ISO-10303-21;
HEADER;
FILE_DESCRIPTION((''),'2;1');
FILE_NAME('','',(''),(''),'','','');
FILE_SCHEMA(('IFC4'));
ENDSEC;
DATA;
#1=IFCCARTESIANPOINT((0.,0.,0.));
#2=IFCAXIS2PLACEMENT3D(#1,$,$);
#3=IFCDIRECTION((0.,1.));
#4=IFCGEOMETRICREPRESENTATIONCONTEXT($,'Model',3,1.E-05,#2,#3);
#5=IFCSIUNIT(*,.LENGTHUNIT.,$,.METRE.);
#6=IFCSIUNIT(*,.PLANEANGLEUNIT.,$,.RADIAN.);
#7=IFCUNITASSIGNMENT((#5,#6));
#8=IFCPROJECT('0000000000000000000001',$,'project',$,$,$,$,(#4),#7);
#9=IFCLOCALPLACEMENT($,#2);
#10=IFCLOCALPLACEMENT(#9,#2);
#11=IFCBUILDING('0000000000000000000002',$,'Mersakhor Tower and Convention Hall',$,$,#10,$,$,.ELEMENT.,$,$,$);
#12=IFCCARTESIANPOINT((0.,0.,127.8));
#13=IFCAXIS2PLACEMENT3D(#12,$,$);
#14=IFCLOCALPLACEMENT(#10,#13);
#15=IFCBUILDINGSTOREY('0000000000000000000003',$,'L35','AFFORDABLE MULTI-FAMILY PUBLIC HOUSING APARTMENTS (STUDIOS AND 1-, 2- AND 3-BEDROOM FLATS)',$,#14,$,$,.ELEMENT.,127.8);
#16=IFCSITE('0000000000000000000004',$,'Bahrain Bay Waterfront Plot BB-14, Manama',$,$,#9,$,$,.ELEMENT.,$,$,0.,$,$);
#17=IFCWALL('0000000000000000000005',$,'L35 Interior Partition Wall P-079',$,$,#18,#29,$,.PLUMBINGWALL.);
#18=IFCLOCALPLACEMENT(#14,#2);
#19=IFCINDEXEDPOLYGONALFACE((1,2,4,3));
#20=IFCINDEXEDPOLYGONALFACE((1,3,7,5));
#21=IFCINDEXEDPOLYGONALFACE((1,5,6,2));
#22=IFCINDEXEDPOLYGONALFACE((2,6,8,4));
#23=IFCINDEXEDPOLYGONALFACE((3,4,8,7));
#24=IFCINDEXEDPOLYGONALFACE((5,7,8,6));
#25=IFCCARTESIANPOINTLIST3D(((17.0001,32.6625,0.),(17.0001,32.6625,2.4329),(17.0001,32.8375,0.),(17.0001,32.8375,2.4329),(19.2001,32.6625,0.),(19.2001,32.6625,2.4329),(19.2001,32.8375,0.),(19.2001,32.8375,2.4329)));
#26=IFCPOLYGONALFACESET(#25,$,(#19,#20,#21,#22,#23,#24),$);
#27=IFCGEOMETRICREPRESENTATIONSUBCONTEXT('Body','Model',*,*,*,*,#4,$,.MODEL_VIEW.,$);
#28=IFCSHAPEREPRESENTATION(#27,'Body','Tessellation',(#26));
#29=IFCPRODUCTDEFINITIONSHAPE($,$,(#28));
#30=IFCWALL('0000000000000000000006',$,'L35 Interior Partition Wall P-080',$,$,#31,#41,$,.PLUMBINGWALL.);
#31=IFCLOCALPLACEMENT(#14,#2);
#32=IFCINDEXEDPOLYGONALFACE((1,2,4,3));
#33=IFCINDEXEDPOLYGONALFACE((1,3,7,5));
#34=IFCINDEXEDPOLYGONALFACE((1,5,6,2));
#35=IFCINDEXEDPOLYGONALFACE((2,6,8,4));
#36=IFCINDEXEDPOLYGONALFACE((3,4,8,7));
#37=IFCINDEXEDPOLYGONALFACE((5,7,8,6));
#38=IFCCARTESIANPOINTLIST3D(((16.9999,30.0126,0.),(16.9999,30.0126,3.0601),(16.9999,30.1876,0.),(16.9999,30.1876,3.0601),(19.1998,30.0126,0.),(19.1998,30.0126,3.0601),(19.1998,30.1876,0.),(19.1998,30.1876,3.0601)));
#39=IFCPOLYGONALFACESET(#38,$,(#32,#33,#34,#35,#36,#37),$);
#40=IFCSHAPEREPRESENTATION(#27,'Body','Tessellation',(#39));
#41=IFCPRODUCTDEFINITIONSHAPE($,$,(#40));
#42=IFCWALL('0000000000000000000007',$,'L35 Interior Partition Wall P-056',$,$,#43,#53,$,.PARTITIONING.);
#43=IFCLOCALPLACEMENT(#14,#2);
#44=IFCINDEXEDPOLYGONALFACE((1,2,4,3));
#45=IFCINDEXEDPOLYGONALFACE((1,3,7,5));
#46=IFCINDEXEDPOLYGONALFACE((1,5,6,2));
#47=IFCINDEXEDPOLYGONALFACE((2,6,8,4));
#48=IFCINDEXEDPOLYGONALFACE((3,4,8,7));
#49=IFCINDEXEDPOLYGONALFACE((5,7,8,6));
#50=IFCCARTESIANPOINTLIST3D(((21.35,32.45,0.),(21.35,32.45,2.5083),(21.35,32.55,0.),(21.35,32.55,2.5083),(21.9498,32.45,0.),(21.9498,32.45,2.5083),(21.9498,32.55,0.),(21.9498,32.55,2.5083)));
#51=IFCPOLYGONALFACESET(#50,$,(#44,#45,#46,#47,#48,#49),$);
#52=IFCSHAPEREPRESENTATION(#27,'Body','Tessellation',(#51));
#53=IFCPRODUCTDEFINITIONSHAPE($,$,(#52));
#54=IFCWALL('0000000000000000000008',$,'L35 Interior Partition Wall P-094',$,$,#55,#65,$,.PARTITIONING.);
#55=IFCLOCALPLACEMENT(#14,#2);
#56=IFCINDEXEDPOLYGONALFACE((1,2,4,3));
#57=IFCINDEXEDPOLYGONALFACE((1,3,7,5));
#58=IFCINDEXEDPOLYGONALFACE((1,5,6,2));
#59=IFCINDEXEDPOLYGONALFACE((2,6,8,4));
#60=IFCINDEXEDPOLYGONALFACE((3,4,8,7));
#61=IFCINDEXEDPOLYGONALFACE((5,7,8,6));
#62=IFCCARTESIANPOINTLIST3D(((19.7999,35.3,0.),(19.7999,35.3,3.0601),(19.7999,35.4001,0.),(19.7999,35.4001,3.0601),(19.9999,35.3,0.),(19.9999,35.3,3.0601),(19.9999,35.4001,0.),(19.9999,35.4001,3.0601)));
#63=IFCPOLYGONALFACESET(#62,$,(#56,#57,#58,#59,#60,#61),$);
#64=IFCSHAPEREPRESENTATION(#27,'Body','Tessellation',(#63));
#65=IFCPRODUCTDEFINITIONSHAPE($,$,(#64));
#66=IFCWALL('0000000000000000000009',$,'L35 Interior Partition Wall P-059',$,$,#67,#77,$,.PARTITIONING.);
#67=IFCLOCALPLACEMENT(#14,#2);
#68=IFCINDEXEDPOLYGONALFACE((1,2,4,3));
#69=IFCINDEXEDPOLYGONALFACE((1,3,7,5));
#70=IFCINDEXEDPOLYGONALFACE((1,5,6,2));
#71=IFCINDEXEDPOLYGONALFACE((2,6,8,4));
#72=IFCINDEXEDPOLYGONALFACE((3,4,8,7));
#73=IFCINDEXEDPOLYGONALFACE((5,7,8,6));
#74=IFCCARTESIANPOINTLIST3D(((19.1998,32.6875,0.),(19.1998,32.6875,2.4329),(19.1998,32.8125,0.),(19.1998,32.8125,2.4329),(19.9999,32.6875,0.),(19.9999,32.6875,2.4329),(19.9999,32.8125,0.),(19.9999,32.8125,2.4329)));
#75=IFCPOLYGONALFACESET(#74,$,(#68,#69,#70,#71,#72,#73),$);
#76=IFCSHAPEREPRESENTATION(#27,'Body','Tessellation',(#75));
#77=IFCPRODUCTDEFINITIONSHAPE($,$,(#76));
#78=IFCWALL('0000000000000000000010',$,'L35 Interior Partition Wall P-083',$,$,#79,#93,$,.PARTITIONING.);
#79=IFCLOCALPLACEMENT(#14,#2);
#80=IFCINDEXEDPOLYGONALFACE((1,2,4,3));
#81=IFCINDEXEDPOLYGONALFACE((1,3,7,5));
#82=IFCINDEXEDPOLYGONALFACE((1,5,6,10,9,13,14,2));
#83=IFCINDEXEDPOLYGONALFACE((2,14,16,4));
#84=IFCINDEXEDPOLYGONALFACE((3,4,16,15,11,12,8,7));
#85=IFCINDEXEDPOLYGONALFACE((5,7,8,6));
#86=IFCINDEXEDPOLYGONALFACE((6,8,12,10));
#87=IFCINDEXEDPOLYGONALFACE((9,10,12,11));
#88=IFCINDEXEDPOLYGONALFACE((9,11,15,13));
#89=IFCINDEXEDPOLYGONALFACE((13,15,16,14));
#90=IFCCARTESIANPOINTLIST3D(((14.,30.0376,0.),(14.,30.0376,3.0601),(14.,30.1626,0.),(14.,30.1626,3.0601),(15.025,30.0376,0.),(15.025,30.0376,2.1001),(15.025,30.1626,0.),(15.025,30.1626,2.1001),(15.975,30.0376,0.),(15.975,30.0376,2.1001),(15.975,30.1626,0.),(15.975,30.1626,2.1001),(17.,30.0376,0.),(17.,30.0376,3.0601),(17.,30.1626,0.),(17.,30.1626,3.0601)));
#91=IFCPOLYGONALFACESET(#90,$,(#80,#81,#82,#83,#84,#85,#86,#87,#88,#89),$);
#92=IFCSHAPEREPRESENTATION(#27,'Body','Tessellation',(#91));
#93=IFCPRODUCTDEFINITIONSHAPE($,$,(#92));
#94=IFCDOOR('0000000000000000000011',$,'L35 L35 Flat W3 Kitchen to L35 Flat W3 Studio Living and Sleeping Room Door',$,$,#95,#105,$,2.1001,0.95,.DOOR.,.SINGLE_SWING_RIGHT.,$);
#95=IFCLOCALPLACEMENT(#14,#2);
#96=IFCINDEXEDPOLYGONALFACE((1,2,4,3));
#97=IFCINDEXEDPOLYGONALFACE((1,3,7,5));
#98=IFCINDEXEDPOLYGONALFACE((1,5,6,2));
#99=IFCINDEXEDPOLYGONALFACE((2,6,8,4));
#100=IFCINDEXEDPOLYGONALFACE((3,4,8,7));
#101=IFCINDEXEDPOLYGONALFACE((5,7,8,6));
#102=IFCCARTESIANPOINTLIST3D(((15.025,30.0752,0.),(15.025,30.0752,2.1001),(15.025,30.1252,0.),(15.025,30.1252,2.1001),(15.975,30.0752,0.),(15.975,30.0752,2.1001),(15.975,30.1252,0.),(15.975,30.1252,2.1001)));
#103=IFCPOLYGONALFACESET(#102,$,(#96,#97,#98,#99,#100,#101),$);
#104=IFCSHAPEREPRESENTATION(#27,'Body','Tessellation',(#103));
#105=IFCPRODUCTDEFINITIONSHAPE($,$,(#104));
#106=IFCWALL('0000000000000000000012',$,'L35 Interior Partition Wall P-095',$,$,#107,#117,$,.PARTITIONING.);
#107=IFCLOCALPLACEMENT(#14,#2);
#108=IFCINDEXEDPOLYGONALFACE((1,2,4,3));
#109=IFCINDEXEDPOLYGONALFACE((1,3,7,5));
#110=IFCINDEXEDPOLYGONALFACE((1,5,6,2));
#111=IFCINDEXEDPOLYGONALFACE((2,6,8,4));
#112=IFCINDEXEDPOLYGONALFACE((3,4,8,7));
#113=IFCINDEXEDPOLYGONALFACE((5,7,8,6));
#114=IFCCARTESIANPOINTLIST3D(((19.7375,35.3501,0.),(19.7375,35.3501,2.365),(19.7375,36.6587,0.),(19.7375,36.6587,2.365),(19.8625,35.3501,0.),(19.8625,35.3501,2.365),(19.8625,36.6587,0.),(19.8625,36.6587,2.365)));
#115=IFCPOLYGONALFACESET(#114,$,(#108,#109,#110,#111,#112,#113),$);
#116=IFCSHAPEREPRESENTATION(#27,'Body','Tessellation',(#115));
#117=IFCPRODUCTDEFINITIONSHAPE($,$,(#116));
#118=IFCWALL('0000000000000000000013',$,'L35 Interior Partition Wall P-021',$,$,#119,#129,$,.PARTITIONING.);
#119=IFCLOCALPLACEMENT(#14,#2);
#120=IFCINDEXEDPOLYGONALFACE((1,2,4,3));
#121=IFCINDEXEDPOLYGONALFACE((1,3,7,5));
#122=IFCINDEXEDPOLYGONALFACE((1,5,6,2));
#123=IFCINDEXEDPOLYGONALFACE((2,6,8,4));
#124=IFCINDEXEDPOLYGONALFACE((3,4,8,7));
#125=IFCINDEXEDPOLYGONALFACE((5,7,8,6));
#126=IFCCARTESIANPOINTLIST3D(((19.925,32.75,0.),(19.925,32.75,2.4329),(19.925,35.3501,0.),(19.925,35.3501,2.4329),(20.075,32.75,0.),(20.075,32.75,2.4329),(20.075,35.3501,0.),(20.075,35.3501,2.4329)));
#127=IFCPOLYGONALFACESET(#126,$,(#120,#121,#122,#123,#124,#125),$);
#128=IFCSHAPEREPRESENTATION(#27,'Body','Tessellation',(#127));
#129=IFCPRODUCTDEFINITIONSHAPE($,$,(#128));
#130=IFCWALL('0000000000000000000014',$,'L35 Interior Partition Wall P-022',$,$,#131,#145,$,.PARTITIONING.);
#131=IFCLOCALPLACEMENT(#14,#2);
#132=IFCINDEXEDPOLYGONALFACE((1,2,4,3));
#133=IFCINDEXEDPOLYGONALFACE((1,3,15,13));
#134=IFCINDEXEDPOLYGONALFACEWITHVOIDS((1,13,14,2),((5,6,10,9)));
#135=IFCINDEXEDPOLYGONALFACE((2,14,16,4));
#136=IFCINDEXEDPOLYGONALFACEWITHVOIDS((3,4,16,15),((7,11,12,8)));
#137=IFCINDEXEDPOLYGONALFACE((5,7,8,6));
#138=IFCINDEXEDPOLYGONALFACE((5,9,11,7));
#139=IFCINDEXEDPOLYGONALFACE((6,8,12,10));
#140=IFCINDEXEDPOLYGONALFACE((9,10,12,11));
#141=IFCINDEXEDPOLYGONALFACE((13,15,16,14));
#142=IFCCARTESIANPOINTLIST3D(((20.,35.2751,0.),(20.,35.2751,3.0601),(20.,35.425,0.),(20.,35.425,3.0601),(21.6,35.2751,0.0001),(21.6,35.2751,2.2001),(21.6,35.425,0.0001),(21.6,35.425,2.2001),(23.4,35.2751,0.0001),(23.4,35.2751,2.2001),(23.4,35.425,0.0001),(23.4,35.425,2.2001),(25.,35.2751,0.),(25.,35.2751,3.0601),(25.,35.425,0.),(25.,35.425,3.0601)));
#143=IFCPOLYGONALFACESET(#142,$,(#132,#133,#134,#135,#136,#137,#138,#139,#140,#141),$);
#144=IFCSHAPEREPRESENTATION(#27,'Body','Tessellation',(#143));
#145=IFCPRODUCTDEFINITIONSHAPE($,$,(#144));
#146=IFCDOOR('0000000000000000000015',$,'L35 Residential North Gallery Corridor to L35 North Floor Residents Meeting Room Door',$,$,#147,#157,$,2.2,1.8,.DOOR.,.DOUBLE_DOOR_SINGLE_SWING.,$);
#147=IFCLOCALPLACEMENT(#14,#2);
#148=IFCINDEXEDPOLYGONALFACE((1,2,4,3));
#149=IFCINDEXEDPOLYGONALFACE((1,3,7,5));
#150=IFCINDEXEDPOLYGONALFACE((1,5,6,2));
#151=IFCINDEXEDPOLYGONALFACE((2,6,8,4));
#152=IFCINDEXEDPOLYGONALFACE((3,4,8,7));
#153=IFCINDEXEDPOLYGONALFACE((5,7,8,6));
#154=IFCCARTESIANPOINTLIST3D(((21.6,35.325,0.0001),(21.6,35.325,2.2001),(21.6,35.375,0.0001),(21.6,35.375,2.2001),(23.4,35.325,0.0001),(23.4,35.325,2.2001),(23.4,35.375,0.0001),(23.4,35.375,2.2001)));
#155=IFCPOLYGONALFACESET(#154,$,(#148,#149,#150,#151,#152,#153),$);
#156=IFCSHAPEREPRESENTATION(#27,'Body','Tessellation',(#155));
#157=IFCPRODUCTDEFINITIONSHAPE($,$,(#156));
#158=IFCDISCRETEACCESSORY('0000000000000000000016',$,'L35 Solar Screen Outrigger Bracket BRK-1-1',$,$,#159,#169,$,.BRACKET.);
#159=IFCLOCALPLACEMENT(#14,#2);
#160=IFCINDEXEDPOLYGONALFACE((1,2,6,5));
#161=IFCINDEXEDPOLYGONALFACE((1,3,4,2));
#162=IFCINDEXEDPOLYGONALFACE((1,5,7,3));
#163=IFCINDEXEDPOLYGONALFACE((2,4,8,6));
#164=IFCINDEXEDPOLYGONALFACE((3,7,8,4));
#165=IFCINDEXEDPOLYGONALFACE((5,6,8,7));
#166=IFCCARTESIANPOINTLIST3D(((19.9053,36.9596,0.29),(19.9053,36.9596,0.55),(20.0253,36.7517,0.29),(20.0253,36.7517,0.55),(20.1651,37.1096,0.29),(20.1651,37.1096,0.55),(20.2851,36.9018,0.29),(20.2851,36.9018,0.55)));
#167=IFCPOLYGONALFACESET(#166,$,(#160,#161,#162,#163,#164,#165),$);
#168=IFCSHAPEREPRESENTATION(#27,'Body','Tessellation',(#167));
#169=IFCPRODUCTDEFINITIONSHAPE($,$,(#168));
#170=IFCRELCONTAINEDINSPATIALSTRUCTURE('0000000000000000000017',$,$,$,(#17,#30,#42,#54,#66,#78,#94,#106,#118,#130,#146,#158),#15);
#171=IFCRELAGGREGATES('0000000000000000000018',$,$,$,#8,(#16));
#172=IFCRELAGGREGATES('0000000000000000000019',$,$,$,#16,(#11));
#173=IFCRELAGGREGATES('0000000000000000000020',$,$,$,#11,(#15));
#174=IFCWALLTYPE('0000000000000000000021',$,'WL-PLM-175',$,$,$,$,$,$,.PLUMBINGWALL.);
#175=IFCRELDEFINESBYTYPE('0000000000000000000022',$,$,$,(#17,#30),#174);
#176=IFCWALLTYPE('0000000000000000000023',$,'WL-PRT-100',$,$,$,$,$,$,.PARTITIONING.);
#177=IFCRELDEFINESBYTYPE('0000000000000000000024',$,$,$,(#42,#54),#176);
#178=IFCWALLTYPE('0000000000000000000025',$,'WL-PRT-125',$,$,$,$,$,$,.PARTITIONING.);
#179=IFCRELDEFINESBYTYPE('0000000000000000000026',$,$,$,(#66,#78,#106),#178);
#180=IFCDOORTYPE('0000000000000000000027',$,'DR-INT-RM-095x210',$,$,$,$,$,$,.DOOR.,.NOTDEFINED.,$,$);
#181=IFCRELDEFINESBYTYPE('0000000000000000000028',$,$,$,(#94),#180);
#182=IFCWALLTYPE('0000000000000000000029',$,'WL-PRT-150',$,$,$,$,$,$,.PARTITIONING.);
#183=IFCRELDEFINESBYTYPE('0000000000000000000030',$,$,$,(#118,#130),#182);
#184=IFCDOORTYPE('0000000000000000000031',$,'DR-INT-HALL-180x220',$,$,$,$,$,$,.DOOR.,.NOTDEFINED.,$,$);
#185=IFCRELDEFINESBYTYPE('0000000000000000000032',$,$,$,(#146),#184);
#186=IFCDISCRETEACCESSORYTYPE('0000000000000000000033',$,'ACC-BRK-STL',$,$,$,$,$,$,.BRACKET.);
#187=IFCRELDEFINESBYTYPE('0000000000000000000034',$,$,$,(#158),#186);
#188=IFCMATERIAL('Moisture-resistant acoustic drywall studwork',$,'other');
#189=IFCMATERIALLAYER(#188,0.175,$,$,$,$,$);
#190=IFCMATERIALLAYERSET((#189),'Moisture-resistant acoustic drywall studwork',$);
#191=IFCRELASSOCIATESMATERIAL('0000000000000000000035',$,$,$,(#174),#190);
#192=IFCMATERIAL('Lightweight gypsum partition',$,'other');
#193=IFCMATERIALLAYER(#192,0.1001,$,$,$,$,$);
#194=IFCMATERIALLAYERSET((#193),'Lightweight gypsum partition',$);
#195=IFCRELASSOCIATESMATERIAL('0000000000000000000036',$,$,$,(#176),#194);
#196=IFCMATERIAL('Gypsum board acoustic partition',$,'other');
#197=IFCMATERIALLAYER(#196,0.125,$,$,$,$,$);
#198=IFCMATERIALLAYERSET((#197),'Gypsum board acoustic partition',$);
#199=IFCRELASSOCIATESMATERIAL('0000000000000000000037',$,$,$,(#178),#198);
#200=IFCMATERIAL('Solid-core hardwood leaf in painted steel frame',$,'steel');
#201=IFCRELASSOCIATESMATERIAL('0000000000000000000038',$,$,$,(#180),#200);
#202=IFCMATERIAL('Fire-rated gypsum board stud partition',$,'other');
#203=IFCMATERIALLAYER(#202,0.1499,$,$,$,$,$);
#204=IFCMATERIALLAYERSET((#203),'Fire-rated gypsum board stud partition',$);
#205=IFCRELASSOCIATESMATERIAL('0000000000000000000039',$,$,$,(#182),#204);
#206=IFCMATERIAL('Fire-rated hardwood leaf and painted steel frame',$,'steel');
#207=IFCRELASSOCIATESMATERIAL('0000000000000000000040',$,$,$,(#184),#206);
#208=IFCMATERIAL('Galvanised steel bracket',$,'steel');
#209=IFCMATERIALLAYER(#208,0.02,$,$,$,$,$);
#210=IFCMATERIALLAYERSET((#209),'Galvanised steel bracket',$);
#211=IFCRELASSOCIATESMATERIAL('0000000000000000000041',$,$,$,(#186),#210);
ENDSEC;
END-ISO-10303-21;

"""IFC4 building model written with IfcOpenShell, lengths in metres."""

from ifc_helpers import new_model, si_unit, direction, frame, frame_2d, origin, origin_2d, place, context, subcontext, project, spatial, rectangle, extrude, material, layer, layer_set, type_object, element, fill, save


model = new_model("IFC4")

# Units and contexts
model_context = context("Model", 3, precision=1e-05, world=origin(), true_north=direction((0.0, 1.0)))
body_context = subcontext(model_context, "Body", "Model", "MODEL_VIEW")
ifc_project = project(units=[si_unit("LENGTHUNIT", "METRE"), si_unit("PLANEANGLEUNIT", "RADIAN")], contexts=[model_context])

# Site, building, storey
site_placement = place(None, origin())
site = spatial("IfcSite", under=ifc_project, at=site_placement, Name="Bahrain Bay Waterfront Plot BB-14, Manama", CompositionType="ELEMENT", RefElevation=0.0)
building_placement = place(site_placement, origin())
building = spatial("IfcBuilding", under=site, at=building_placement, Name="Mersakhor Tower and Convention Hall", CompositionType="ELEMENT")
storey_placement = place(building_placement, frame((0.0, 0.0, 127.8)))
storey = spatial("IfcBuildingStorey", under=building, at=storey_placement, Name="L35", Description="AFFORDABLE MULTI-FAMILY PUBLIC HOUSING APARTMENTS (STUDIOS AND 1-, 2- AND 3-BEDROOM FLATS)", CompositionType="ELEMENT", Elevation=127.8)

# Shared definitions
ifc_material_1 = material(Name="Moisture-resistant acoustic drywall studwork", Category="other")
ifc_layer_1 = layer(ifc_material_1, 0.175)
ifc_layer_set_1 = layer_set([ifc_layer_1], Name="Moisture-resistant acoustic drywall studwork")
wall_type_1 = type_object("IfcWallType", Name="WL-PLM-175", PredefinedType="PLUMBINGWALL", material=ifc_layer_set_1)

# Walls
wall_1_placement = place(storey_placement, frame((17.0, 32.75, 0.0), z_axis=(0.0, 0.0, 1.0), x_axis=(1.0, 0.0, 0.0)))
element("IfcWall", 1, at=wall_1_placement, inside=storey, type_object=wall_type_1, Name="L35 Interior Partition Wall P-079", PredefinedType="PLUMBINGWALL", context=body_context, shape_type="SweptSolid", body=[
    extrude(rectangle(XDim=2.2, YDim=0.175, at=frame_2d((1.1001, 0.0))), origin(), (0.0, 0.0, 1.0), 2.4329),
])
wall_2_placement = place(storey_placement, frame((19.2, 30.1001, 0.0), z_axis=(0.0, 0.0, 1.0), x_axis=(-1.0, 0.0, 0.0)))
element("IfcWall", 2, at=wall_2_placement, inside=storey, type_object=wall_type_1, Name="L35 Interior Partition Wall P-080", PredefinedType="PLUMBINGWALL", context=body_context, shape_type="SweptSolid", body=[
    extrude(rectangle(XDim=2.2, YDim=0.175, at=frame_2d((1.1001, 0.0))), origin(), (0.0, 0.0, 1.0), 3.0601),
])
ifc_material_2 = material(Name="Lightweight gypsum partition", Category="other")
ifc_layer_2 = layer(ifc_material_2, 0.1001)
ifc_layer_set_2 = layer_set([ifc_layer_2], Name="Lightweight gypsum partition")
wall_type_2 = type_object("IfcWallType", Name="WL-PRT-100", PredefinedType="PARTITIONING", material=ifc_layer_set_2)
wall_3_placement = place(storey_placement, frame((21.3501, 32.5, 0.0), z_axis=(0.0, 0.0, 1.0), x_axis=(1.0, 0.0, 0.0)))
element("IfcWall", 3, at=wall_3_placement, inside=storey, type_object=wall_type_2, Name="L35 Interior Partition Wall P-056", PredefinedType="PARTITIONING", context=body_context, shape_type="SweptSolid", body=[
    extrude(rectangle(XDim=0.5999, YDim=0.1001, at=frame_2d((0.2998, 0.0))), origin(), (0.0, 0.0, 1.0), 2.5083),
])
wall_4_placement = place(storey_placement, frame((20.0, 35.3501, 0.0), z_axis=(0.0, 0.0, 1.0), x_axis=(-1.0, 0.0, 0.0)))
element("IfcWall", 4, at=wall_4_placement, inside=storey, type_object=wall_type_2, Name="L35 Interior Partition Wall P-094", PredefinedType="PARTITIONING", context=body_context, shape_type="SweptSolid", body=[
    extrude(rectangle(XDim=0.2, YDim=0.1001, at=frame_2d((0.1001, 0.0))), origin(), (0.0, 0.0, 1.0), 3.0601),
])
ifc_material_3 = material(Name="Gypsum board acoustic partition", Category="other")
ifc_layer_3 = layer(ifc_material_3, 0.125)
ifc_layer_set_3 = layer_set([ifc_layer_3], Name="Gypsum board acoustic partition")
wall_type_3 = type_object("IfcWallType", Name="WL-PRT-125", PredefinedType="PARTITIONING", material=ifc_layer_set_3)
wall_5_placement = place(storey_placement, frame((19.2, 32.75, 0.0), z_axis=(0.0, 0.0, 1.0), x_axis=(1.0, 0.0, 0.0)))
element("IfcWall", 5, at=wall_5_placement, inside=storey, type_object=wall_type_3, Name="L35 Interior Partition Wall P-059", PredefinedType="PARTITIONING", context=body_context, shape_type="SweptSolid", body=[
    extrude(rectangle(XDim=0.8, YDim=0.125, at=frame_2d((0.3999, 0.0))), origin(), (0.0, 0.0, 1.0), 2.4329),
])

# Wall, opening, door
wall_6_placement = place(storey_placement, frame((17.0, 30.1001, 0.0), z_axis=(0.0, 0.0, 1.0), x_axis=(-1.0, 0.0, 0.0)))
wall_6 = element("IfcWall", 6, at=wall_6_placement, inside=storey, type_object=wall_type_3, Name="L35 Interior Partition Wall P-083", PredefinedType="PARTITIONING", context=body_context, shape_type="SweptSolid", body=[
    extrude(rectangle(XDim=3.0, YDim=0.125, at=frame_2d((1.5, 0.0))), origin(), (0.0, 0.0, 1.0), 3.0601),
])
opening_1_placement = place(wall_6_placement, frame((1.0249, 0.0, 0.0)))
opening_1 = element("IfcOpeningElement", 7, at=opening_1_placement, cuts=wall_6, PredefinedType="OPENING", context=body_context, shape_type="SweptSolid", body=[
    extrude(rectangle(XDim=0.95, YDim=2.1001, at=frame_2d((0.4751, 1.05))), frame((0.0, 0.0725, 0.0), z_axis=(0.0, -1.0, 0.0), x_axis=(1.0, 0.0, 0.0)), (0.0, 0.0, 1.0), 0.145),
])
ifc_material_4 = material(Name="Solid-core hardwood leaf in painted steel frame", Category="steel")
door_type_1 = type_object("IfcDoorType", Name="DR-INT-RM-095x210", OperationType="NOTDEFINED", PredefinedType="DOOR", material=ifc_material_4)
door_1_placement = place(opening_1_placement, origin())
door_1 = element("IfcDoor", 8, at=door_1_placement, inside=storey, type_object=door_type_1, Name="L35 L35 Flat W3 Kitchen to L35 Flat W3 Studio Living and Sleeping Room Door", OperationType="SINGLE_SWING_RIGHT", OverallHeight=2.1001, OverallWidth=0.95, PredefinedType="DOOR", context=body_context, shape_type="SweptSolid", body=[
    extrude(rectangle(XDim=0.95, YDim=2.1001, at=frame_2d((0.4751, 1.05))), frame((0.0, 0.0249, 0.0), z_axis=(0.0, -1.0, 0.0), x_axis=(1.0, 0.0, 0.0)), (0.0, 0.0, 1.0), 0.05),
])
fill(opening_1, door_1)

# Wall
wall_7_placement = place(storey_placement, frame((19.8, 35.3501, 0.0), z_axis=(0.0, 0.0, 1.0), x_axis=(0.0, 1.0, 0.0)))
element("IfcWall", 9, at=wall_7_placement, inside=storey, type_object=wall_type_3, Name="L35 Interior Partition Wall P-095", PredefinedType="PARTITIONING", context=body_context, shape_type="SweptSolid", body=[
    extrude(rectangle(XDim=1.3086, YDim=0.125, at=frame_2d((0.6543, 0.0))), origin(), (0.0, 0.0, 1.0), 2.365),
])

# Shared definitions
ifc_material_5 = material(Name="Fire-rated gypsum board stud partition", Category="other")
ifc_layer_4 = layer(ifc_material_5, 0.1499)
ifc_layer_set_4 = layer_set([ifc_layer_4], Name="Fire-rated gypsum board stud partition")
wall_type_4 = type_object("IfcWallType", Name="WL-PRT-150", PredefinedType="PARTITIONING", material=ifc_layer_set_4)

# Wall
wall_8_placement = place(storey_placement, frame((20.0, 32.75, 0.0), z_axis=(0.0, 0.0, 1.0), x_axis=(0.0, 1.0, 0.0)))
element("IfcWall", 10, at=wall_8_placement, inside=storey, type_object=wall_type_4, Name="L35 Interior Partition Wall P-021", PredefinedType="PARTITIONING", context=body_context, shape_type="SweptSolid", body=[
    extrude(rectangle(XDim=2.6001, YDim=0.1499, at=frame_2d((1.3, 0.0))), origin(), (0.0, 0.0, 1.0), 2.4329),
])

# Wall, opening, door
wall_9_placement = place(storey_placement, frame((20.0, 35.3501, 0.0), z_axis=(0.0, 0.0, 1.0), x_axis=(1.0, 0.0, 0.0)))
wall_9 = element("IfcWall", 11, at=wall_9_placement, inside=storey, type_object=wall_type_4, Name="L35 Interior Partition Wall P-022", PredefinedType="PARTITIONING", context=body_context, shape_type="SweptSolid", body=[
    extrude(rectangle(XDim=5.0, YDim=0.1499, at=frame_2d((2.5, 0.0))), origin(), (0.0, 0.0, 1.0), 3.0601),
])
opening_2_placement = place(wall_9_placement, frame((1.6001, 0.0, 0.0)))
opening_2 = element("IfcOpeningElement", 12, at=opening_2_placement, cuts=wall_9, PredefinedType="OPENING", context=body_context, shape_type="SweptSolid", body=[
    extrude(rectangle(XDim=1.8, YDim=2.2, at=frame_2d((0.8999, 1.1001))), frame((0.0, 0.085, 0.0), z_axis=(0.0, -1.0, 0.0), x_axis=(1.0, 0.0, 0.0)), (0.0, 0.0, 1.0), 0.1699),
])
ifc_material_6 = material(Name="Fire-rated hardwood leaf and painted steel frame", Category="steel")
door_type_2 = type_object("IfcDoorType", Name="DR-INT-HALL-180x220", OperationType="NOTDEFINED", PredefinedType="DOOR", material=ifc_material_6)
door_2_placement = place(opening_2_placement, origin())
door_2 = element("IfcDoor", 13, at=door_2_placement, inside=storey, type_object=door_type_2, Name="L35 Residential North Gallery Corridor to L35 North Floor Residents Meeting Room Door", OperationType="DOUBLE_DOOR_SINGLE_SWING", OverallHeight=2.2, OverallWidth=1.8, PredefinedType="DOOR", context=body_context, shape_type="SweptSolid", body=[
    extrude(rectangle(XDim=1.8, YDim=2.2, at=frame_2d((0.8999, 1.1001))), frame((0.0, 0.0249, 0.0), z_axis=(0.0, -1.0, 0.0), x_axis=(1.0, 0.0, 0.0)), (0.0, 0.0, 1.0), 0.05),
])
fill(opening_2, door_2)

# Discrete accessory
ifc_material_7 = material(Name="Galvanised steel bracket", Category="steel")
ifc_layer_5 = layer(ifc_material_7, 0.02)
ifc_layer_set_5 = layer_set([ifc_layer_5], Name="Galvanised steel bracket")
discrete_accessory_type = type_object("IfcDiscreteAccessoryType", Name="ACC-BRK-STL", PredefinedType="BRACKET", material=ifc_layer_set_5)
discrete_accessory_placement = place(storey_placement, frame((20.0952, 36.9307, 0.29), z_axis=(0.0, 0.0, 1.0), x_axis=(0.866025, 0.5, 0.0)))
element("IfcDiscreteAccessory", 14, at=discrete_accessory_placement, inside=storey, type_object=discrete_accessory_type, Name="L35 Solar Screen Outrigger Bracket BRK-1-1", PredefinedType="BRACKET", context=body_context, shape_type="SweptSolid", body=[
    extrude(rectangle(XDim=0.3, YDim=0.24, at=origin_2d()), origin(), (0.0, 0.0, 1.0), 0.26),
])

save(model, "model.ifc")
